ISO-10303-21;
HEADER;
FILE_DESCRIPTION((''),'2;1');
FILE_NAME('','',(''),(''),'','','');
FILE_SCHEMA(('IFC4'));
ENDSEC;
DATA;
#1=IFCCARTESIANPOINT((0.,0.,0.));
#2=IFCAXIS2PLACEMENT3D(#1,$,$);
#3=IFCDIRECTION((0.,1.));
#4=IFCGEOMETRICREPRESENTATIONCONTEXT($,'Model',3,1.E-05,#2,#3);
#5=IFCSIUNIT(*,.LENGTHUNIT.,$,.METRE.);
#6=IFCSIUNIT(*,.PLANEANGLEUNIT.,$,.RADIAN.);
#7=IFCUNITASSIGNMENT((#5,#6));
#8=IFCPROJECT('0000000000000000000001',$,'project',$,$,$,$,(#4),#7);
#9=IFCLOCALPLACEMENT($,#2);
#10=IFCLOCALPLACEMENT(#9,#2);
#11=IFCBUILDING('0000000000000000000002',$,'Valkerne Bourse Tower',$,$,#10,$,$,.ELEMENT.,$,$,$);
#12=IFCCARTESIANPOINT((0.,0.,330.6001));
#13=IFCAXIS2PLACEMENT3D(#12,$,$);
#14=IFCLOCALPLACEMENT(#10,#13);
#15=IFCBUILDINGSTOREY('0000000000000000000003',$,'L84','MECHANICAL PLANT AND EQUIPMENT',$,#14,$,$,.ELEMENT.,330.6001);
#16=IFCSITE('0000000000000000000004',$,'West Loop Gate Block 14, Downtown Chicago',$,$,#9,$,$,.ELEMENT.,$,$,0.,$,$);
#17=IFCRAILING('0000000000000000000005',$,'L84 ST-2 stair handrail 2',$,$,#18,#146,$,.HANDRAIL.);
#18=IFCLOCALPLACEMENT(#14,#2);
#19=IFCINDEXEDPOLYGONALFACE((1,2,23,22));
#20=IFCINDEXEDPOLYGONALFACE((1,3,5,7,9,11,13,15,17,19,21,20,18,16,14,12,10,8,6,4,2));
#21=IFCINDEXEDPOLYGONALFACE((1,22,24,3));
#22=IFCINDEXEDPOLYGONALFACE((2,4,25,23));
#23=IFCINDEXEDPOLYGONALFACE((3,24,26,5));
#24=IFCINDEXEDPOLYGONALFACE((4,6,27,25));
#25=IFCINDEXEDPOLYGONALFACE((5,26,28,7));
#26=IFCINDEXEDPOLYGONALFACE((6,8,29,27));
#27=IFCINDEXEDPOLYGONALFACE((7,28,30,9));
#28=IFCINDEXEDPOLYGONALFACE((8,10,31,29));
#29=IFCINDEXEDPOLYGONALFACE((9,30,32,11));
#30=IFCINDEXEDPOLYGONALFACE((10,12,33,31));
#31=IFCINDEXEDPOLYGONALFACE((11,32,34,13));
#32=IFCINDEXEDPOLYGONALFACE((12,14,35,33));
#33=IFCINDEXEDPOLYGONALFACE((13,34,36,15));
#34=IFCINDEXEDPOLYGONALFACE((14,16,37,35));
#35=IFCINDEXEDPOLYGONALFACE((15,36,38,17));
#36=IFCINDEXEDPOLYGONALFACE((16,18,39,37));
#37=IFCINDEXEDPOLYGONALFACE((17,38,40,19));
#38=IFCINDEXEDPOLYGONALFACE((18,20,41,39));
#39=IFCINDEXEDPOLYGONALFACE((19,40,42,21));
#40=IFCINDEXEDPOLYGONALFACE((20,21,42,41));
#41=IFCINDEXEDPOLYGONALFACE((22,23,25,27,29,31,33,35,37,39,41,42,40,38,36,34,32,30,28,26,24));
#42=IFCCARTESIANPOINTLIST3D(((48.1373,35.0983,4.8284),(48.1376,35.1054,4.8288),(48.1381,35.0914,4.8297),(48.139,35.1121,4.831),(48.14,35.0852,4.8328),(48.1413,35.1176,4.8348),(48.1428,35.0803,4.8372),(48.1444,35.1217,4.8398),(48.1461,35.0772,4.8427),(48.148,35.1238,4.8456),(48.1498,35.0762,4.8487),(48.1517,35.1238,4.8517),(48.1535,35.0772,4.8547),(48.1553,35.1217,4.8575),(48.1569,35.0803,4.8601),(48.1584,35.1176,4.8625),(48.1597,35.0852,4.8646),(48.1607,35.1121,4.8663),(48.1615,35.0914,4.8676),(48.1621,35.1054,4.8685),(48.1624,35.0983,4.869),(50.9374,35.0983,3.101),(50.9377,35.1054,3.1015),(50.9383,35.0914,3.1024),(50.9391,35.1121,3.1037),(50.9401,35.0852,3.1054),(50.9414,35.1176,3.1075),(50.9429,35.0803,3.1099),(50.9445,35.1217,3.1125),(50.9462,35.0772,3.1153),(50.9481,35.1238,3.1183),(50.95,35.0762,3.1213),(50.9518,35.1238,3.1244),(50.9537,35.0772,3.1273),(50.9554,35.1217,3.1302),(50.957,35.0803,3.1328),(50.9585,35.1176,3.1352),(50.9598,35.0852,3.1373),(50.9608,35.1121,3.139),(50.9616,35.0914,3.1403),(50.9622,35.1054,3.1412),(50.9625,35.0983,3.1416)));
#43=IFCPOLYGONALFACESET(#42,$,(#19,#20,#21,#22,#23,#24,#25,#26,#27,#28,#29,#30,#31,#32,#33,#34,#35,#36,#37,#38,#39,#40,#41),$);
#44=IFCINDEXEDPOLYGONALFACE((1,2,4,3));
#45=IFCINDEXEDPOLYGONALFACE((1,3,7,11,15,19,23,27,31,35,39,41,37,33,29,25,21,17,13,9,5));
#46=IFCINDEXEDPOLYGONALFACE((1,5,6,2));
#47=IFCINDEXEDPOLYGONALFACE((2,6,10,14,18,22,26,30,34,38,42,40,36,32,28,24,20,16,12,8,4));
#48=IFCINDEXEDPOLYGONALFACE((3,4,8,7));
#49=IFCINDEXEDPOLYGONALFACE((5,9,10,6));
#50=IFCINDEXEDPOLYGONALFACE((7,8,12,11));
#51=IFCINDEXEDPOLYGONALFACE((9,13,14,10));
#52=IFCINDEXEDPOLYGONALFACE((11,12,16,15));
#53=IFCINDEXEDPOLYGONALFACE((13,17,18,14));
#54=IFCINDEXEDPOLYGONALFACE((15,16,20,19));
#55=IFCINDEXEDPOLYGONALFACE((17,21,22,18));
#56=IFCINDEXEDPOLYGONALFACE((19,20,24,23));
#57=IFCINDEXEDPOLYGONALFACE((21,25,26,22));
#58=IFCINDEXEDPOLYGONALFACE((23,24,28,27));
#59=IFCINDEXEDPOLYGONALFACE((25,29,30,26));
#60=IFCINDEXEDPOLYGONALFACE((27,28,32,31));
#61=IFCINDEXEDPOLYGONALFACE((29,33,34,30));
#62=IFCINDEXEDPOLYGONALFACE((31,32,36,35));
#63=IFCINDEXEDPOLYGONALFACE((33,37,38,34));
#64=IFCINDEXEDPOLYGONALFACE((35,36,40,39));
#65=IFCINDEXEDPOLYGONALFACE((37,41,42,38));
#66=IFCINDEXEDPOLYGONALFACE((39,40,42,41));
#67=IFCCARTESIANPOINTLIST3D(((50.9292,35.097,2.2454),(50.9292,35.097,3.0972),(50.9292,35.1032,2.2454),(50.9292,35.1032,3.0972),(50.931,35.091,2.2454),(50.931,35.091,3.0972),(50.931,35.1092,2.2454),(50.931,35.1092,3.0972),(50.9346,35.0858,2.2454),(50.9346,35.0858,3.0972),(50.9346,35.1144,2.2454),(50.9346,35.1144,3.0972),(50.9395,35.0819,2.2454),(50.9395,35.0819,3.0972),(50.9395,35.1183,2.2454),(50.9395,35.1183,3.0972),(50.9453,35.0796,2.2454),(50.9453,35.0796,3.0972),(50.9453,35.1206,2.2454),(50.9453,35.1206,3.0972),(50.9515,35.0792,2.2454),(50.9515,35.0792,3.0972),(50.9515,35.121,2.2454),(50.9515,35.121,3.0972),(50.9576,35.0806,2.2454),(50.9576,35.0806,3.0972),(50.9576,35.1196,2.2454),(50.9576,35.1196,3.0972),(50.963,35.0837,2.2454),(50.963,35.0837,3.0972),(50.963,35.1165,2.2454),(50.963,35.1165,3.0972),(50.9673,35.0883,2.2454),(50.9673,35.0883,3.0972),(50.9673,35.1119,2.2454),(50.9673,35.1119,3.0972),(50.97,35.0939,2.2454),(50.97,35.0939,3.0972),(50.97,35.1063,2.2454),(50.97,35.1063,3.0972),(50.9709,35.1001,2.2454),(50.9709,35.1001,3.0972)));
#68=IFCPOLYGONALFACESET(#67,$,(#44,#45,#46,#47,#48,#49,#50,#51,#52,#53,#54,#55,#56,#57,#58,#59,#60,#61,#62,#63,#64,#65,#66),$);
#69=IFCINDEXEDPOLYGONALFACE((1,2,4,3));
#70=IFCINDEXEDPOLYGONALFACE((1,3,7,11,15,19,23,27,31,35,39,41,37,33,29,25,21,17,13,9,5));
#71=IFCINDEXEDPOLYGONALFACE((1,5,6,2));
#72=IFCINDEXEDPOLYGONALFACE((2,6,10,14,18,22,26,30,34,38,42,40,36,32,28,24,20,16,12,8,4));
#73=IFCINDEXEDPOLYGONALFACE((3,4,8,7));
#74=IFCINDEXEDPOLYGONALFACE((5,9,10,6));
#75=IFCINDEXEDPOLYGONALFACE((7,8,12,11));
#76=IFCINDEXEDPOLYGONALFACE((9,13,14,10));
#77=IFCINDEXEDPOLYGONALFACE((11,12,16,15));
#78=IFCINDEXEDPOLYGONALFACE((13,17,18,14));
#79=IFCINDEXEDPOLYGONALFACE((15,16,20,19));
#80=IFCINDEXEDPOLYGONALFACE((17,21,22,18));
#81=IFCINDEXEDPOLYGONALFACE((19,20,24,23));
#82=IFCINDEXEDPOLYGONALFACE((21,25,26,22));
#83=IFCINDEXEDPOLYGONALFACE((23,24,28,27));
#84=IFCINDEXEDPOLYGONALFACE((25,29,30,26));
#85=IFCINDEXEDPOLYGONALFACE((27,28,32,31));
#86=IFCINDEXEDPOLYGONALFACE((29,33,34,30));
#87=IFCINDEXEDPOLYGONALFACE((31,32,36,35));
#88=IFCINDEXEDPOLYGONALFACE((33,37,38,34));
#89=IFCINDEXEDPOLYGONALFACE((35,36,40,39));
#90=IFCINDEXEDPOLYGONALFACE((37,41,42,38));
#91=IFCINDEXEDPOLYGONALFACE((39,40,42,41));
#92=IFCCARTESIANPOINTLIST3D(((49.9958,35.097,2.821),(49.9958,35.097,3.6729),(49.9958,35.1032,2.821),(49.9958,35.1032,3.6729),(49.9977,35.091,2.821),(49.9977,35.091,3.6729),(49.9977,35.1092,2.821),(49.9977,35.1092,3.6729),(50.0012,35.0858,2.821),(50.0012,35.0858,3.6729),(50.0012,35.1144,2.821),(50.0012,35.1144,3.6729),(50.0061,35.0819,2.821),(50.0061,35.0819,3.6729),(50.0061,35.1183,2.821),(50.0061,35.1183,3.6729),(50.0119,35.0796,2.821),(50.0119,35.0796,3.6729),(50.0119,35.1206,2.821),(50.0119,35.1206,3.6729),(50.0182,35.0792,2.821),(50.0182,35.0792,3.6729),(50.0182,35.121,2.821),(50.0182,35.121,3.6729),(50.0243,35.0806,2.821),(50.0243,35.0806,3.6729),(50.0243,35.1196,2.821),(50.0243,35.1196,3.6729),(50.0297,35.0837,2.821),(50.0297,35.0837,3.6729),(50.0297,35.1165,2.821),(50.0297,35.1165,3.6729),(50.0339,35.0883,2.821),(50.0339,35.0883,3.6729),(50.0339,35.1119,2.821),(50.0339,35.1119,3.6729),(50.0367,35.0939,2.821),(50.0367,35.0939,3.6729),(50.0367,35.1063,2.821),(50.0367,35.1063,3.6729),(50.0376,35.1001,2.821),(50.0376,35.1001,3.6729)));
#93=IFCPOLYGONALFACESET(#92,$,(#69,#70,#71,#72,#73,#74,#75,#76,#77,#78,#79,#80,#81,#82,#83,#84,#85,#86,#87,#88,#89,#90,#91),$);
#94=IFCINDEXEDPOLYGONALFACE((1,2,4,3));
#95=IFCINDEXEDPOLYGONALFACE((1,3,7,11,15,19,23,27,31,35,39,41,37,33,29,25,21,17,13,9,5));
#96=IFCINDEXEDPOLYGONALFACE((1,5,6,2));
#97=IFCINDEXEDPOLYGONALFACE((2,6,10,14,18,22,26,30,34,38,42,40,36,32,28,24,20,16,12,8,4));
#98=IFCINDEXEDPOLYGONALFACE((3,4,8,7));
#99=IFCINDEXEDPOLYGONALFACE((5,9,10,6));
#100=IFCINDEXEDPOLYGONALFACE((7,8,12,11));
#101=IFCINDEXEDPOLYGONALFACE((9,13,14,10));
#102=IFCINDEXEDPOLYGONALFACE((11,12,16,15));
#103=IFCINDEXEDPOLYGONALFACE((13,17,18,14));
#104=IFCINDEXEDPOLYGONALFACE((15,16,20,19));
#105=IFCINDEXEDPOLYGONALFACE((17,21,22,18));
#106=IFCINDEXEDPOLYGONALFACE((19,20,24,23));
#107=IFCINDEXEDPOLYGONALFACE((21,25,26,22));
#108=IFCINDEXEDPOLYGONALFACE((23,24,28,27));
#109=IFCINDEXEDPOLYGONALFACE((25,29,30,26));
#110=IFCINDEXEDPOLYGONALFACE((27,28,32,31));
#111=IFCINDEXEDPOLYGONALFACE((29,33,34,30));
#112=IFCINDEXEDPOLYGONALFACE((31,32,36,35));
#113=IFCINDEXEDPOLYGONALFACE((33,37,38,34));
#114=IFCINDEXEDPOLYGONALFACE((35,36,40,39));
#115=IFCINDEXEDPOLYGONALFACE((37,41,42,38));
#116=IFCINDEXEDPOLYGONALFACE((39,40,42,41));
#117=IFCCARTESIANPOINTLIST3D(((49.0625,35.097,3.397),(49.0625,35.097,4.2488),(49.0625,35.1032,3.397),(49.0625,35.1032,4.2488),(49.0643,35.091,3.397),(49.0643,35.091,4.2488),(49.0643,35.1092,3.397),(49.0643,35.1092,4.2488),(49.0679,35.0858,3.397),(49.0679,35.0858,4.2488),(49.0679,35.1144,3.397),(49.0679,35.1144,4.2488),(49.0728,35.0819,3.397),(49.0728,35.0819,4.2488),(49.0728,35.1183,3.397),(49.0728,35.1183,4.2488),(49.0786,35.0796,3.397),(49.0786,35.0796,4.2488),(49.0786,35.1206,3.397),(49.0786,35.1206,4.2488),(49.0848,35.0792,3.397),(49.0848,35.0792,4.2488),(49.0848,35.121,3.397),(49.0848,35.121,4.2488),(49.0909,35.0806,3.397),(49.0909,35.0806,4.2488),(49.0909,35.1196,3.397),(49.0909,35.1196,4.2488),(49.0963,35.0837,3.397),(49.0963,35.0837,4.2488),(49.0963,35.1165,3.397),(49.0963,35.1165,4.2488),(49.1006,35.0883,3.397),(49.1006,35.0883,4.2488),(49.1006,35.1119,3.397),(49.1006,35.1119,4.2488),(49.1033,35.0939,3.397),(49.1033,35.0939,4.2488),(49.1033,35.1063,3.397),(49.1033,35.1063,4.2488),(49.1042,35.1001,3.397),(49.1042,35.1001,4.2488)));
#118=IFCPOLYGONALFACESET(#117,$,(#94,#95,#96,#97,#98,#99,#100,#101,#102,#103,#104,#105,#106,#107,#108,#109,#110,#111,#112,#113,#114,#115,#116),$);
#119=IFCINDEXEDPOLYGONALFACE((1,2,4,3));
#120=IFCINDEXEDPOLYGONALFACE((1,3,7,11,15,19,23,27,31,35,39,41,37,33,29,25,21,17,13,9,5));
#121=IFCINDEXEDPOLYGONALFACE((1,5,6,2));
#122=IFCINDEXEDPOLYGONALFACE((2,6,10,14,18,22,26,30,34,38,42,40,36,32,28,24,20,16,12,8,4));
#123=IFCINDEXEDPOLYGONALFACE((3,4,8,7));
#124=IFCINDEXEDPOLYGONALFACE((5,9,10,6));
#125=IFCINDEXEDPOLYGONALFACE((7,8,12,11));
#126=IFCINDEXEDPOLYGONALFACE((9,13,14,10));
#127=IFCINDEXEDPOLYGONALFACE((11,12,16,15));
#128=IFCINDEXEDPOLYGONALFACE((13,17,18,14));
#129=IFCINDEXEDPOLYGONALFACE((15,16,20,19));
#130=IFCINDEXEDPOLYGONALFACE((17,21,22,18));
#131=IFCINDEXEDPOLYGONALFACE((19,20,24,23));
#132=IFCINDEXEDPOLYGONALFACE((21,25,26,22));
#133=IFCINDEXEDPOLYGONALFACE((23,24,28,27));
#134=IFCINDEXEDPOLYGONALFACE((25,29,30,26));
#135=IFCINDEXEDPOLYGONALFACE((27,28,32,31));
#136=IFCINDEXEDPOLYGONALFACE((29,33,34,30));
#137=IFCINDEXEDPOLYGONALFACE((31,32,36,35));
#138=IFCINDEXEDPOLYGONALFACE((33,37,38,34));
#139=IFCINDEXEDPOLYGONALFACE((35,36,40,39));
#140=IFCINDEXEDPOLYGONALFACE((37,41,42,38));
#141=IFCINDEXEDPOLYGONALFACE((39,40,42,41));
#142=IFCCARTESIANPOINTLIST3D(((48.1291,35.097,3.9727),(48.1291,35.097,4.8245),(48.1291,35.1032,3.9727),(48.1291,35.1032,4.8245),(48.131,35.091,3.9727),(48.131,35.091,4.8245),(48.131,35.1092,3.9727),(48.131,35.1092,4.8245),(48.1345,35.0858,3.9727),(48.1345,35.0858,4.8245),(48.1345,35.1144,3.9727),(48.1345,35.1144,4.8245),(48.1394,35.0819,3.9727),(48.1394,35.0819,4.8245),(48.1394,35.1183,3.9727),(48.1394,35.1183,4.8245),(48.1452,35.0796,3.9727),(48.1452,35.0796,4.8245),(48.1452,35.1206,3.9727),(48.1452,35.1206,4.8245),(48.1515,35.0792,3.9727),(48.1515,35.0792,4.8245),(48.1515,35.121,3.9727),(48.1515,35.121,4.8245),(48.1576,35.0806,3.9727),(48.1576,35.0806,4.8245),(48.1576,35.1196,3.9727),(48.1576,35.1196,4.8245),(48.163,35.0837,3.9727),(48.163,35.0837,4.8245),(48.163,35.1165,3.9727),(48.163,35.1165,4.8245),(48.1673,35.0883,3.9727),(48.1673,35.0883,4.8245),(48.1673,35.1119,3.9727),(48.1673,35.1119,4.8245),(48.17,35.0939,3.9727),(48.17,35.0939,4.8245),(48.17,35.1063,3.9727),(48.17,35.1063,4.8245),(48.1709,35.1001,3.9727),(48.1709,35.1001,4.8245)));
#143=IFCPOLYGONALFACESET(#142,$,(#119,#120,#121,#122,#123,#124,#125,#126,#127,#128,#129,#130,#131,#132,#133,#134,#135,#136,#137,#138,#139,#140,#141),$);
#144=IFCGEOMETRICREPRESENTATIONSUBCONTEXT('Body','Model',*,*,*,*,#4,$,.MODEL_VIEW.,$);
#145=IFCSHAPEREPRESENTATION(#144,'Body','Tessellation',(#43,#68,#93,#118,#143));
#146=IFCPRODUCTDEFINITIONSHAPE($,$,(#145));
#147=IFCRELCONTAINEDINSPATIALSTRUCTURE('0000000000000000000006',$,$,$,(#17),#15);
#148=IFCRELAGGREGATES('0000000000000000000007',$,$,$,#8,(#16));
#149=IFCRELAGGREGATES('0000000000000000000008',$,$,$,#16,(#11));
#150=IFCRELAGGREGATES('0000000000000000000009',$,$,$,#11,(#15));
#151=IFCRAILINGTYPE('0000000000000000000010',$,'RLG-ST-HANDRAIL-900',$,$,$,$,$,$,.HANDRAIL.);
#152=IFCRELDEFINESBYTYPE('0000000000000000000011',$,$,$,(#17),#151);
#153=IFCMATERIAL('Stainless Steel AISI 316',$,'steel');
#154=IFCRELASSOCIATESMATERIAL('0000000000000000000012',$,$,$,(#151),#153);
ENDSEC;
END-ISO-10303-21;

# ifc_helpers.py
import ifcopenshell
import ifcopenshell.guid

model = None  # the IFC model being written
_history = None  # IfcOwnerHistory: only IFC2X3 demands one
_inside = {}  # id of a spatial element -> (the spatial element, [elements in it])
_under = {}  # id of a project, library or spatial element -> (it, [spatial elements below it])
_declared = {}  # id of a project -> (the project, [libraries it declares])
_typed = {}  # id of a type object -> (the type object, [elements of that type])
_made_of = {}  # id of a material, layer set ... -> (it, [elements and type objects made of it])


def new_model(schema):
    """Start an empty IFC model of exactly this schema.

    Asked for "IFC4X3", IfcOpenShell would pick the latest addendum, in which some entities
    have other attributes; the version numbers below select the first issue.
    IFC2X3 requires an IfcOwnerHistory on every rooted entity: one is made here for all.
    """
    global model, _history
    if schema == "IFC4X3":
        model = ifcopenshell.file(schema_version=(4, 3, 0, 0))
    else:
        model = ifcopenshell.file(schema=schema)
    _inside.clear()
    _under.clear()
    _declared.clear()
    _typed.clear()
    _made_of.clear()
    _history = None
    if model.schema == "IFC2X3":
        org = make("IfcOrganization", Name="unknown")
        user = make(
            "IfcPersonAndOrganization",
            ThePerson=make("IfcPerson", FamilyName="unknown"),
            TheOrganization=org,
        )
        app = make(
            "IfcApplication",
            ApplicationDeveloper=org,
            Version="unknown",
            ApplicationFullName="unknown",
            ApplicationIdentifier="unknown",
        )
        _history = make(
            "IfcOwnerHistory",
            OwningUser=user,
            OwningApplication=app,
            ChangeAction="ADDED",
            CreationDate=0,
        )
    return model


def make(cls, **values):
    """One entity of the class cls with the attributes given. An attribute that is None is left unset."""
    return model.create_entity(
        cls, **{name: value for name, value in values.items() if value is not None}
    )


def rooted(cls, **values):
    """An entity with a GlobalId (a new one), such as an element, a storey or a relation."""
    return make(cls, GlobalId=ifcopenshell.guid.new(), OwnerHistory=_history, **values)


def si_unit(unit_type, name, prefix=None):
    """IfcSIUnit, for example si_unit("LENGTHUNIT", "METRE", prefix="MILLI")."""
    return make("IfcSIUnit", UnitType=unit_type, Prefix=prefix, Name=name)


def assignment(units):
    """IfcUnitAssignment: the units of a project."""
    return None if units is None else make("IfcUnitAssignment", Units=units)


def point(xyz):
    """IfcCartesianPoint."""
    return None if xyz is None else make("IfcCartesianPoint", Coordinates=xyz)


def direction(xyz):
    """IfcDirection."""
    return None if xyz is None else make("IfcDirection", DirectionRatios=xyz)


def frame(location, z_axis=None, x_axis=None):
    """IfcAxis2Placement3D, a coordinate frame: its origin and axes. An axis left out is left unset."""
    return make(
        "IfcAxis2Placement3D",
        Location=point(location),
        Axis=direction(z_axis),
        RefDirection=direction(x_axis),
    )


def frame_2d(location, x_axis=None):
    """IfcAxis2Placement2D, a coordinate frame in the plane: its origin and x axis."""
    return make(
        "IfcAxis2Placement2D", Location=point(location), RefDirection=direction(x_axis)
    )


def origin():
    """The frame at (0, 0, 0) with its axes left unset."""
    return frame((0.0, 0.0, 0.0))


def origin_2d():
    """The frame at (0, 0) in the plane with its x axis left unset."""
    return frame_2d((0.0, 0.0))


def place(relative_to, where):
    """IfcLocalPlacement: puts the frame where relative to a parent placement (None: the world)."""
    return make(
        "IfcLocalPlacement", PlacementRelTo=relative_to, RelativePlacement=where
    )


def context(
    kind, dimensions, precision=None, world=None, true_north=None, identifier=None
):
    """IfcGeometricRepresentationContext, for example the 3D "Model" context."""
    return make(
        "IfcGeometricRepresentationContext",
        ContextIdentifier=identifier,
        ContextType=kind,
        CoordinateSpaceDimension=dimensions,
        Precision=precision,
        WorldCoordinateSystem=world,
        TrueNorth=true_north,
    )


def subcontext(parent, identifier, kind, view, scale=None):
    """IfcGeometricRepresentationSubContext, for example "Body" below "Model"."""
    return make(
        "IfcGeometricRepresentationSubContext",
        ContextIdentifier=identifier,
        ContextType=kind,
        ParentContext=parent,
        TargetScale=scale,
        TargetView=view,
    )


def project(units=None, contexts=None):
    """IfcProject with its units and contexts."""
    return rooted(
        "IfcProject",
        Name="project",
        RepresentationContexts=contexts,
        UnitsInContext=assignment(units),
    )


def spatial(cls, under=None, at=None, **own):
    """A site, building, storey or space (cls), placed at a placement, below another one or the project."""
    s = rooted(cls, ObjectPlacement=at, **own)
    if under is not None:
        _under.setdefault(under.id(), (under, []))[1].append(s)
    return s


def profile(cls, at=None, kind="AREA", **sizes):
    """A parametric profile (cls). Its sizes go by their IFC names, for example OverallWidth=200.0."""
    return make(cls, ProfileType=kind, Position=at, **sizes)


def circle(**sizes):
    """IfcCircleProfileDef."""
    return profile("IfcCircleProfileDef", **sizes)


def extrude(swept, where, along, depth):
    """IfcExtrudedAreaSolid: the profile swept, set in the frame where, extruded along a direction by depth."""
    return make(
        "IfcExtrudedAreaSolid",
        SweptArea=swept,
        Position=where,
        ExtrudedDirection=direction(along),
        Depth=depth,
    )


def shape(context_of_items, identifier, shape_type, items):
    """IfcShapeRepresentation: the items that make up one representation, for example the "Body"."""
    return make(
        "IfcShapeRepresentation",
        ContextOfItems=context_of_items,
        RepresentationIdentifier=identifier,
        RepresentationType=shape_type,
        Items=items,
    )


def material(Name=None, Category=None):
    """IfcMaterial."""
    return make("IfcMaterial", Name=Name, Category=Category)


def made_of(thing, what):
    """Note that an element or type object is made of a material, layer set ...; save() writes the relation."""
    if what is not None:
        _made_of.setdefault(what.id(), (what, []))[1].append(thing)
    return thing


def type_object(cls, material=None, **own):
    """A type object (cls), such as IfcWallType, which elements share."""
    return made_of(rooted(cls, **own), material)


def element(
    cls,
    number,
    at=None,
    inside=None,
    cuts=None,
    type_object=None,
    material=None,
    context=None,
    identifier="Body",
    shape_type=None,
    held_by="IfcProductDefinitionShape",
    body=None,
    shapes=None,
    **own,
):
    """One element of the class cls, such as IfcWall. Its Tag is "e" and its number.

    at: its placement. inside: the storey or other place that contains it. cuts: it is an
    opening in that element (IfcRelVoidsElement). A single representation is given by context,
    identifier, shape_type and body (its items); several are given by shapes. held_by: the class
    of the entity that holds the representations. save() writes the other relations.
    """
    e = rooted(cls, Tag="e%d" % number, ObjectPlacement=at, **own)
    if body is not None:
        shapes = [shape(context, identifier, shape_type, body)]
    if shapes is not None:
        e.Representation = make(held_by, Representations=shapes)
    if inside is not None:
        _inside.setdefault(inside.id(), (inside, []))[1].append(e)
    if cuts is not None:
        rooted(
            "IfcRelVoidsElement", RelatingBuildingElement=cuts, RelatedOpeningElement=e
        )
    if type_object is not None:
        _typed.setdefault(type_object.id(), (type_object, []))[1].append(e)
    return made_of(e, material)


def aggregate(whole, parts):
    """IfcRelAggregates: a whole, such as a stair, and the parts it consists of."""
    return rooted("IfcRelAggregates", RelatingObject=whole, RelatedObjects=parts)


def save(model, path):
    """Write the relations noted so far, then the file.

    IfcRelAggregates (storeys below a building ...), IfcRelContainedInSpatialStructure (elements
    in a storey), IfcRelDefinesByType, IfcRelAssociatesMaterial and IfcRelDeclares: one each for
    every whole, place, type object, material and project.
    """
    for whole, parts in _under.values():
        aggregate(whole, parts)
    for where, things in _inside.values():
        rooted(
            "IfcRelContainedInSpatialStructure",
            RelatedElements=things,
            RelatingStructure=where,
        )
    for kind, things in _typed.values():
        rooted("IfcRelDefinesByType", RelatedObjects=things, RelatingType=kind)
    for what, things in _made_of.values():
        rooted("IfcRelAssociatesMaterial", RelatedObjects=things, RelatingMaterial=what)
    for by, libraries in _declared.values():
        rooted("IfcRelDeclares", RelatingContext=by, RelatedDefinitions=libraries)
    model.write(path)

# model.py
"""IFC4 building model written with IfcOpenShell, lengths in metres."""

from ifc_helpers import new_model, si_unit, direction, frame, origin, origin_2d, place, context, subcontext, project, spatial, circle, extrude, material, type_object, element, save


model = new_model("IFC4")

# Units and contexts
model_context = context("Model", 3, precision=1e-05, world=origin(), true_north=direction((0.0, 1.0)))
body_context = subcontext(model_context, "Body", "Model", "MODEL_VIEW")
ifc_project = project(units=[si_unit("LENGTHUNIT", "METRE"), si_unit("PLANEANGLEUNIT", "RADIAN")], contexts=[model_context])

# Site, building, storey
site_placement = place(None, origin())
site = spatial("IfcSite", under=ifc_project, at=site_placement, Name="West Loop Gate Block 14, Downtown Chicago", CompositionType="ELEMENT", RefElevation=0.0)
building_placement = place(site_placement, origin())
building = spatial("IfcBuilding", under=site, at=building_placement, Name="Valkerne Bourse Tower", CompositionType="ELEMENT")
storey_placement = place(building_placement, frame((0.0, 0.0, 330.6001)))
storey = spatial("IfcBuildingStorey", under=building, at=storey_placement, Name="L84", Description="MECHANICAL PLANT AND EQUIPMENT", CompositionType="ELEMENT", Elevation=330.6001)

# Railing
ifc_material_1 = material(Name="Stainless Steel AISI 316", Category="steel")
railing_type_1 = type_object("IfcRailingType", Name="RLG-ST-HANDRAIL-900", PredefinedType="HANDRAIL", material=ifc_material_1)
railing_1_placement = place(storey_placement, frame((50.95, 35.1001, 2.2454)))
element("IfcRailing", 1, at=railing_1_placement, inside=storey, type_object=railing_type_1, Name="L84 ST-2 stair handrail 2", PredefinedType="HANDRAIL", context=body_context, shape_type="SweptSolid", body=[
    extrude(circle(Radius=0.0239, at=origin_2d()), frame((0.0, 0.0, 0.876), z_axis=(-0.85109, 0.0, 0.52502), x_axis=(0.0, -1.0, 0.0)), (0.0, 0.0, 1.0), 3.29),
    extrude(circle(Radius=0.021, at=origin_2d()), origin(), (0.0, 0.0, 1.0), 0.8518),
    extrude(circle(Radius=0.021, at=origin_2d()), frame((-0.9333, 0.0, 0.5757)), (0.0, 0.0, 1.0), 0.8518),
    extrude(circle(Radius=0.021, at=origin_2d()), frame((-1.8667, 0.0, 1.1516)), (0.0, 0.0, 1.0), 0.8518),
    extrude(circle(Radius=0.021, at=origin_2d()), frame((-2.8, 0.0, 1.7273)), (0.0, 0.0, 1.0), 0.8518),
])

save(model, "model.ifc")
